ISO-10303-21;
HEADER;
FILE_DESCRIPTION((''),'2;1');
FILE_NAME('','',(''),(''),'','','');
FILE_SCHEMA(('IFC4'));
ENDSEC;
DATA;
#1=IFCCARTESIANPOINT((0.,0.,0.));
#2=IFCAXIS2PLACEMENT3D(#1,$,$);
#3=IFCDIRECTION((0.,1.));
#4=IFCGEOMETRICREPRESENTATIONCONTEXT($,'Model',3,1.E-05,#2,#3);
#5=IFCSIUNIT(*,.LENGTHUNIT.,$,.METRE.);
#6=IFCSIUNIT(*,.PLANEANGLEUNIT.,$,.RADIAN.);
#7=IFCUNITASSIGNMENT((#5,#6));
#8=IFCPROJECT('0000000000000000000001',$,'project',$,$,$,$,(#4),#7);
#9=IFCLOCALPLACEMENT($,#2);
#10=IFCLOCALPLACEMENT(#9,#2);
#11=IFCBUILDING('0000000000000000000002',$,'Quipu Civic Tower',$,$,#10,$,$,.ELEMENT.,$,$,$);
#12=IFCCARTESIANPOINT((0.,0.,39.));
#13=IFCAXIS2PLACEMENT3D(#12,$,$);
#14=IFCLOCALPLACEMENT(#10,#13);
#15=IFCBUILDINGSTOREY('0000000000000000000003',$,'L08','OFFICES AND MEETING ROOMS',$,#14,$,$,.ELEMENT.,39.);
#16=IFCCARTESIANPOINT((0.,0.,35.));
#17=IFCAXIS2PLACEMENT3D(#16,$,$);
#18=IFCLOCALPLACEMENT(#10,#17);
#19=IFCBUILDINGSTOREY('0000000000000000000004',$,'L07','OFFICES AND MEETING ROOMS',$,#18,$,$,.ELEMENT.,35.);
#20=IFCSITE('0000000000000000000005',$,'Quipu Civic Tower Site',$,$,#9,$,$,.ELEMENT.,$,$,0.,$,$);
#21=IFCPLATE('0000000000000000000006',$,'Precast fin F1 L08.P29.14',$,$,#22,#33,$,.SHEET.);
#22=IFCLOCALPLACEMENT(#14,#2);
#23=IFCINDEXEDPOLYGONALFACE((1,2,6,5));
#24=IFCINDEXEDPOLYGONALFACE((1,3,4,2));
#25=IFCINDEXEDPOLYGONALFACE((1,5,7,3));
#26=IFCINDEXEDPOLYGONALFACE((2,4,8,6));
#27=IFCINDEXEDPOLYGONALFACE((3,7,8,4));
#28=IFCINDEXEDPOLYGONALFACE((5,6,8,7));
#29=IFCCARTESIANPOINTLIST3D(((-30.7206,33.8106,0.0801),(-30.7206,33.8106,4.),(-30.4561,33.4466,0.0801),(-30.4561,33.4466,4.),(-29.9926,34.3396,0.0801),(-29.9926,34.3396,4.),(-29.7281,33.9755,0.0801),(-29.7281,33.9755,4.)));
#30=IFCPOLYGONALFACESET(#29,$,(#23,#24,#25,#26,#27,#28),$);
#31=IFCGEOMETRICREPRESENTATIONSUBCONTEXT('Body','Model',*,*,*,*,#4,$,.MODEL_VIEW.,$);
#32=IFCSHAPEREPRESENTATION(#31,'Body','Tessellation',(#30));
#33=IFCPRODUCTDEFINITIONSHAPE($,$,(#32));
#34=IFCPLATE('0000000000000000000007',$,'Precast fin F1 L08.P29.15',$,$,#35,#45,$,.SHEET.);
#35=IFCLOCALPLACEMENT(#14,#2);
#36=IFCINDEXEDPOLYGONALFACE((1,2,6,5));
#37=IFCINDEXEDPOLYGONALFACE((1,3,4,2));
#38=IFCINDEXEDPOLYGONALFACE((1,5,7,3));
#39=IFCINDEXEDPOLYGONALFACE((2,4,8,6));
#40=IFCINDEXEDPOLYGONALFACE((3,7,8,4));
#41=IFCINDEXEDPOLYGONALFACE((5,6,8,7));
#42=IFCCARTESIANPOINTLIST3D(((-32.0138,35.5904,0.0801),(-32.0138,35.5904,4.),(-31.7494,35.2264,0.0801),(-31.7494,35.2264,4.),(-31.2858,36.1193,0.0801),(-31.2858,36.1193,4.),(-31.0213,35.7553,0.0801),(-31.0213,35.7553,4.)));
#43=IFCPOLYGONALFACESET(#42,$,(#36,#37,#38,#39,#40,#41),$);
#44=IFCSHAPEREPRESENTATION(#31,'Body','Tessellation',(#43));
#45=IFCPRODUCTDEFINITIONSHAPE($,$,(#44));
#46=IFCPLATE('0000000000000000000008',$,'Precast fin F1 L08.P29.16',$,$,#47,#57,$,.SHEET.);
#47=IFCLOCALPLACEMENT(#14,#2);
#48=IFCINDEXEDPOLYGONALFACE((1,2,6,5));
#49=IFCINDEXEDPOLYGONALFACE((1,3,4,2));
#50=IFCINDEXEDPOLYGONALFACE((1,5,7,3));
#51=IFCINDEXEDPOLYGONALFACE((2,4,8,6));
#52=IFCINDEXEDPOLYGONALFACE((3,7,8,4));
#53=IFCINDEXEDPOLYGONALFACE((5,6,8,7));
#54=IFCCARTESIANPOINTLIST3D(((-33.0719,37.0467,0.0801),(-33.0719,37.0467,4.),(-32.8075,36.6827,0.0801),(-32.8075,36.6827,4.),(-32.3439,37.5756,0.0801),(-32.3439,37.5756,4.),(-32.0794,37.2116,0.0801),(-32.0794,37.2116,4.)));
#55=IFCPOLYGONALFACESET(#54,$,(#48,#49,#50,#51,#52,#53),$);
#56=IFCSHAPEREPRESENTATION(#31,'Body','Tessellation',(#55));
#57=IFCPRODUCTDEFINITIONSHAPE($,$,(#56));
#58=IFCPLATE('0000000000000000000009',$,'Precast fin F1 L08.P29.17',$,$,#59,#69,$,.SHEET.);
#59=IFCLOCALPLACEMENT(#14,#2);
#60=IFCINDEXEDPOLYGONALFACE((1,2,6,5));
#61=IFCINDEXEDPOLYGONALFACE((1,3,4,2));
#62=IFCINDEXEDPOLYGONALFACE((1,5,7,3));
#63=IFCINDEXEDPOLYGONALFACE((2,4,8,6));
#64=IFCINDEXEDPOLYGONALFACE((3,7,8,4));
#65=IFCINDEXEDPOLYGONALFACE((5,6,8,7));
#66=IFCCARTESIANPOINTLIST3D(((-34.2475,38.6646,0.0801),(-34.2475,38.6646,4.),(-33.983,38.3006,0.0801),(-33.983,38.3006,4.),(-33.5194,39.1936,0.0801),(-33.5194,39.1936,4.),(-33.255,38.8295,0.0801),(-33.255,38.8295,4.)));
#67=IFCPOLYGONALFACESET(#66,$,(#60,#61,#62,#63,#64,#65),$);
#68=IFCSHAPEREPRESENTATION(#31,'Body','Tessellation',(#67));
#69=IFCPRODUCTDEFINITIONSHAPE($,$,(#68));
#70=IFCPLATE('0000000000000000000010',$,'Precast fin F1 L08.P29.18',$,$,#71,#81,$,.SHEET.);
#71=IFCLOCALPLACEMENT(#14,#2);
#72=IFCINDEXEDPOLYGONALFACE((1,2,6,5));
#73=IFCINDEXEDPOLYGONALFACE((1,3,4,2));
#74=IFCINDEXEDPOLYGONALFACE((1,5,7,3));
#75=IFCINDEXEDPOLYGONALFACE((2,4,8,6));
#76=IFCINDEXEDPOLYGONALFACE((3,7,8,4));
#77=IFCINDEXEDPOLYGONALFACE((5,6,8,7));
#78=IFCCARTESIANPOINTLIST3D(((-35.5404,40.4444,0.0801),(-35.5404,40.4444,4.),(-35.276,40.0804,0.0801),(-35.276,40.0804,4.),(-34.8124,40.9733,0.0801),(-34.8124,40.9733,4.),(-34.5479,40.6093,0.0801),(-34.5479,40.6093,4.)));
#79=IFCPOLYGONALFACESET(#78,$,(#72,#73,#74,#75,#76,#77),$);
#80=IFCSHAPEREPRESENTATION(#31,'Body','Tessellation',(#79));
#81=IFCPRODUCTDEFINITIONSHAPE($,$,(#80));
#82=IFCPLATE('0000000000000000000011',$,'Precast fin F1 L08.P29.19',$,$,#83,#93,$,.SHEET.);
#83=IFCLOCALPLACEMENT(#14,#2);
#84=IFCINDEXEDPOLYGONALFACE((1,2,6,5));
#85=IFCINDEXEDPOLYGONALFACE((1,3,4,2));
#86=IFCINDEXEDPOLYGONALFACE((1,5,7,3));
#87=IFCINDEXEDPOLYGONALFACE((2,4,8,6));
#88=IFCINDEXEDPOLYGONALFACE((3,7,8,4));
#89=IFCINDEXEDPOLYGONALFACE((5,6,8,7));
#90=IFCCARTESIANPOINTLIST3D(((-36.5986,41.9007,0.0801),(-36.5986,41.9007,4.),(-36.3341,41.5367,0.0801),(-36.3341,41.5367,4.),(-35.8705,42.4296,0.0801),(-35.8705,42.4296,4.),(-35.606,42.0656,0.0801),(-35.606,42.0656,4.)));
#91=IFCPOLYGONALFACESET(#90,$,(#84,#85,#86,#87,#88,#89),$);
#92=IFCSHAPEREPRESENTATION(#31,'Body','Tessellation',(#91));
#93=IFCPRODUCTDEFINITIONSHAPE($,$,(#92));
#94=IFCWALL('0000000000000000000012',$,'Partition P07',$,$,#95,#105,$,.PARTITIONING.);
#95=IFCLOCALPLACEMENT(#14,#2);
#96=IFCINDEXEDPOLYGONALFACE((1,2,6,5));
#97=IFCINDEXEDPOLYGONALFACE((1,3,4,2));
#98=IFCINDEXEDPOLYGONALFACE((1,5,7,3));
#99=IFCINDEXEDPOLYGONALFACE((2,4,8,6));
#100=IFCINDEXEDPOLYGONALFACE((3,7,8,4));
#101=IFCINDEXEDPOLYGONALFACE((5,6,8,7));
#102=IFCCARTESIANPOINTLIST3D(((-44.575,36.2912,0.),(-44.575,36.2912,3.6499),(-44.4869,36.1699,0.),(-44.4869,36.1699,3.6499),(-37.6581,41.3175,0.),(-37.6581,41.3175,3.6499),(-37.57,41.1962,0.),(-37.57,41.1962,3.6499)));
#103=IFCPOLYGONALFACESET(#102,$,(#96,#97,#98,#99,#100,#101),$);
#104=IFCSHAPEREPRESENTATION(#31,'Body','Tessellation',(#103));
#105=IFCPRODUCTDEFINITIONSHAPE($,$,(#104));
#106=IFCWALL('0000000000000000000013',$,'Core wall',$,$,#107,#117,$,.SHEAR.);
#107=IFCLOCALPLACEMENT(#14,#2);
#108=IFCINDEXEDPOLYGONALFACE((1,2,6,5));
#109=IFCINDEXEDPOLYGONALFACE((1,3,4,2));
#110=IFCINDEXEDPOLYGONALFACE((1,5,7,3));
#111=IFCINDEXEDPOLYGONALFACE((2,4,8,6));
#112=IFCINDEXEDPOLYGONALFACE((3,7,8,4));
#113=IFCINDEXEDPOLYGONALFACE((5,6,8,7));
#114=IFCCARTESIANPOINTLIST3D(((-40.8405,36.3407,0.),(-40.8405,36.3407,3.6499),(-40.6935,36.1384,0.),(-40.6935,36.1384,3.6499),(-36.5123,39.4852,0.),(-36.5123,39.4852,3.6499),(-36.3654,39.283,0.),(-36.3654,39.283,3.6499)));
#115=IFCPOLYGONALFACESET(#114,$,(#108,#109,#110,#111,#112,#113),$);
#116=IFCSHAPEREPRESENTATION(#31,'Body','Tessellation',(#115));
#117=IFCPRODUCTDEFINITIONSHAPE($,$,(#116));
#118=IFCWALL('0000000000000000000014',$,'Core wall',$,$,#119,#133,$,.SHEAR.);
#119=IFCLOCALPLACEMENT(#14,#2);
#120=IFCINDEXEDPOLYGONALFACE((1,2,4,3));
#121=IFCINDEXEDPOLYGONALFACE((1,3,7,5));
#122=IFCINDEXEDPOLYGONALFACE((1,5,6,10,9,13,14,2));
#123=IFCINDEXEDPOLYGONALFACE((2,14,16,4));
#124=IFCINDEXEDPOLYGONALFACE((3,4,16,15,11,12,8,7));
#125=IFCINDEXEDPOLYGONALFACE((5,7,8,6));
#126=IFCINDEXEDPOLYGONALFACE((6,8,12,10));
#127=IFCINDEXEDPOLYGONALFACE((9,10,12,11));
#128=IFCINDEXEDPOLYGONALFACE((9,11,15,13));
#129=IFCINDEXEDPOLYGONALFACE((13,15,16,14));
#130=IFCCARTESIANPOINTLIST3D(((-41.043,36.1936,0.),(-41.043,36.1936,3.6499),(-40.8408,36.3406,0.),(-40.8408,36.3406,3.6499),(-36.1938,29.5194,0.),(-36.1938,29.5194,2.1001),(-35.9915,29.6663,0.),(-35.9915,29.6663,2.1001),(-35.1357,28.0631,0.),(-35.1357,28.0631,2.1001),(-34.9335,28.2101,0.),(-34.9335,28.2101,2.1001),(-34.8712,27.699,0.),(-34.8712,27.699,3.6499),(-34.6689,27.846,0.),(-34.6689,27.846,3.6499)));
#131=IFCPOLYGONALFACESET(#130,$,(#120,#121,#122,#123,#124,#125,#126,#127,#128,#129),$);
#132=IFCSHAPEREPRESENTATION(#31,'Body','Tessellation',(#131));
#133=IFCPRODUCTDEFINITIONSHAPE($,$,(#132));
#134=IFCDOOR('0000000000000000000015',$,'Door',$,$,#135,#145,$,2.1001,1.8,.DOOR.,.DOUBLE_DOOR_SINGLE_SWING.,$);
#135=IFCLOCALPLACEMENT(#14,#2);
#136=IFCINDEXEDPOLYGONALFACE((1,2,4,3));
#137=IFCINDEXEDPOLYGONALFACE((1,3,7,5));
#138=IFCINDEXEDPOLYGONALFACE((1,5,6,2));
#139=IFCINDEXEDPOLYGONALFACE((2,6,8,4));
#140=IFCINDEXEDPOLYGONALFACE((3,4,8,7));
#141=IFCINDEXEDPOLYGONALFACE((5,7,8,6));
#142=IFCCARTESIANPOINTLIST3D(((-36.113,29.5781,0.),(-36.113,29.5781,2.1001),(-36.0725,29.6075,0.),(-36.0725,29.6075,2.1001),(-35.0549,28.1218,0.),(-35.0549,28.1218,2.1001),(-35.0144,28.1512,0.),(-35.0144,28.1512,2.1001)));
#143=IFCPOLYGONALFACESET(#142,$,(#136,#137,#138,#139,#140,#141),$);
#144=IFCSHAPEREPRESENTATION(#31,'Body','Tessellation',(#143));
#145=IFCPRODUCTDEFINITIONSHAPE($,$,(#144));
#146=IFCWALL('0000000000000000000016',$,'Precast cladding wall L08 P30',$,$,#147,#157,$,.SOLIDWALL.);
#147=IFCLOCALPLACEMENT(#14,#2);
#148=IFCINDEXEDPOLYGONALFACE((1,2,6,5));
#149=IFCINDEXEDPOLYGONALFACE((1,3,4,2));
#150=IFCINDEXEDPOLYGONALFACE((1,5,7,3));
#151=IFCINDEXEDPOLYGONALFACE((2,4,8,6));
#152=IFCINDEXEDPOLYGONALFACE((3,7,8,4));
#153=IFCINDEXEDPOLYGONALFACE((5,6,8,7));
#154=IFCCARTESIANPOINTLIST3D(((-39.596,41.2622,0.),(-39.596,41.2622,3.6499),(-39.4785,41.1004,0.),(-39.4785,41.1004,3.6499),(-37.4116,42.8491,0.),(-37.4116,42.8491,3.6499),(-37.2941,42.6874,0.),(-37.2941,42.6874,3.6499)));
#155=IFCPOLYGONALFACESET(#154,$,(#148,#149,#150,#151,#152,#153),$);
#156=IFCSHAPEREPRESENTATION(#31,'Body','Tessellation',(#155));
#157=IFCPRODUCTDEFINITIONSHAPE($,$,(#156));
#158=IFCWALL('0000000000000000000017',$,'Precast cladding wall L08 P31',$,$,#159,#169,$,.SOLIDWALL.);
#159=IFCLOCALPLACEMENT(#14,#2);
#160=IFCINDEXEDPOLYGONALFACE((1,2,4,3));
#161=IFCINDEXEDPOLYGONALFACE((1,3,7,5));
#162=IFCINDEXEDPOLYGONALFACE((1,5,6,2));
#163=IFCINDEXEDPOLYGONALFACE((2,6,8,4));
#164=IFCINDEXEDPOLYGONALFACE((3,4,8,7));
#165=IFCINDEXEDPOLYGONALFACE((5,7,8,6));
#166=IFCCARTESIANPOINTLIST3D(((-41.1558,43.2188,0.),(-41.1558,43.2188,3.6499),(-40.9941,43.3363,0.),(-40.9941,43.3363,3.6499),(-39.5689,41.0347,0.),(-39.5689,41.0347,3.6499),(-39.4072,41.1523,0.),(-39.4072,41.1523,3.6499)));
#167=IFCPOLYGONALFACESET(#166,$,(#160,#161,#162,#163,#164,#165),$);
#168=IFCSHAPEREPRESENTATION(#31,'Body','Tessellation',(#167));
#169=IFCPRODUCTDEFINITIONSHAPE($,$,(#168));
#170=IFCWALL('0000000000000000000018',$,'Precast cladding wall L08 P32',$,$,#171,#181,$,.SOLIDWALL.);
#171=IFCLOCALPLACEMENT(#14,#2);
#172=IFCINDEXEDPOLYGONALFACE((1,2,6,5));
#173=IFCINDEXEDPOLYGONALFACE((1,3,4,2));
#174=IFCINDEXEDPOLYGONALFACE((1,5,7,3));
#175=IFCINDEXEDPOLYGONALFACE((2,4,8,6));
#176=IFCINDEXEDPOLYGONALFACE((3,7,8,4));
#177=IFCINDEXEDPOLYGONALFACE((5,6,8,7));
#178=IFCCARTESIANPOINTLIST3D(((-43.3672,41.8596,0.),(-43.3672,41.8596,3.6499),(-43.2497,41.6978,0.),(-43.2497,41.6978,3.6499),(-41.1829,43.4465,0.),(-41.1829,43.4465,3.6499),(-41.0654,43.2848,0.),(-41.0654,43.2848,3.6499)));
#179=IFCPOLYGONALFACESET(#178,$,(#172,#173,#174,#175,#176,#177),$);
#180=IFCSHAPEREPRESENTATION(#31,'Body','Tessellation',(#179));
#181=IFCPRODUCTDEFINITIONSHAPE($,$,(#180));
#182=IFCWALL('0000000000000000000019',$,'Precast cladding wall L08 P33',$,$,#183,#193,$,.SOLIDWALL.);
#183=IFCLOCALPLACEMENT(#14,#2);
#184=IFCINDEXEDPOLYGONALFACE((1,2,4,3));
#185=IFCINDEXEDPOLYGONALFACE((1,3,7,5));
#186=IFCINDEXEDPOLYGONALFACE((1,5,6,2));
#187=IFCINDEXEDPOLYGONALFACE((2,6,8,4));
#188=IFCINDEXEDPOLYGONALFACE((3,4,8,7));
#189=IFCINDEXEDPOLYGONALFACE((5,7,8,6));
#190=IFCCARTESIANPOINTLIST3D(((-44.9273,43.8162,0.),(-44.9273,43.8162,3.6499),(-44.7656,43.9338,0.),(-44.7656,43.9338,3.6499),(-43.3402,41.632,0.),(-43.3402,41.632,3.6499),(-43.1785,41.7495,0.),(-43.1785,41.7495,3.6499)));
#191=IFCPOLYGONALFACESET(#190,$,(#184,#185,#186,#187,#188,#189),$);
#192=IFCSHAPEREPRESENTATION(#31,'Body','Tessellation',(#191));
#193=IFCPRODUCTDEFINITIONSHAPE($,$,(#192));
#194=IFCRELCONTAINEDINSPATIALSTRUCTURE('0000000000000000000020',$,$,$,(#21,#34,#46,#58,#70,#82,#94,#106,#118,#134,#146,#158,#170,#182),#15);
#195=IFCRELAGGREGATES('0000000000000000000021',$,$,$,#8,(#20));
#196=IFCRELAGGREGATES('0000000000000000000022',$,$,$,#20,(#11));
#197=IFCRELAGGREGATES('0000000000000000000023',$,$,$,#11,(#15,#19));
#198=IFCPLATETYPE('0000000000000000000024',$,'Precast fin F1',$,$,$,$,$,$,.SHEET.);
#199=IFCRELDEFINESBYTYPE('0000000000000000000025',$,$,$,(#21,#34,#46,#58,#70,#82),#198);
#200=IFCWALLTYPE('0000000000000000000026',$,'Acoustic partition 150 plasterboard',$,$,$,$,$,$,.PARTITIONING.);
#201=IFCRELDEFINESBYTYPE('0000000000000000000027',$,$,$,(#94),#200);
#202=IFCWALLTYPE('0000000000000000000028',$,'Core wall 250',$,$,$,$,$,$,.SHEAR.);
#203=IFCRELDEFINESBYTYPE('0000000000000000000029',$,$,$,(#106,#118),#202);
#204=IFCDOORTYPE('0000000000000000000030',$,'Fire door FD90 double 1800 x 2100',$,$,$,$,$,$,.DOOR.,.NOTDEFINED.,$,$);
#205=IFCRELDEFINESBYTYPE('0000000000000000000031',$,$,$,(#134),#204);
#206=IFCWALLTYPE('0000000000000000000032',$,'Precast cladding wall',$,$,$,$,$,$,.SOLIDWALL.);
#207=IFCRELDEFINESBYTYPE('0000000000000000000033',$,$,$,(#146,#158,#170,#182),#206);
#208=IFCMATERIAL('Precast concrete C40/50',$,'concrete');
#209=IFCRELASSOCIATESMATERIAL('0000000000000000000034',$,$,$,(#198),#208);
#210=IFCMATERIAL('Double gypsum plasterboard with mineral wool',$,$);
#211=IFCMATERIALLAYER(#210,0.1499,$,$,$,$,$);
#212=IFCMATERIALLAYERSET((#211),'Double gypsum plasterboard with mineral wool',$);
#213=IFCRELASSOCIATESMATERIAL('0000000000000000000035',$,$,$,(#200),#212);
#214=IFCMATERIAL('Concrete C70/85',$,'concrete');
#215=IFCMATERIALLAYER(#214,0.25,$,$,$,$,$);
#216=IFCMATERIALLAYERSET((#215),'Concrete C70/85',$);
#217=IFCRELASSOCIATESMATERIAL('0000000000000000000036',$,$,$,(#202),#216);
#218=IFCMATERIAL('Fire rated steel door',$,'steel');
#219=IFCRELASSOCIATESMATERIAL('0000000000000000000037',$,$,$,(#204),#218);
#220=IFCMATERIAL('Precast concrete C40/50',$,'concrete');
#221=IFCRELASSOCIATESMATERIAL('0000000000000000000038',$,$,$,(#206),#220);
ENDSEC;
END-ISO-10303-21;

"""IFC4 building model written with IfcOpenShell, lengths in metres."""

from ifc_helpers import new_model, si_unit, direction, frame, frame_2d, origin, origin_2d, place, context, subcontext, project, spatial, rectangle, extrude, material, layer, layer_set, type_object, element, fill, save


model = new_model("IFC4")

# Units and contexts
model_context = context("Model", 3, precision=1e-05, world=origin(), true_north=direction((0.0, 1.0)))
body_context = subcontext(model_context, "Body", "Model", "MODEL_VIEW")
ifc_project = project(units=[si_unit("LENGTHUNIT", "METRE"), si_unit("PLANEANGLEUNIT", "RADIAN")], contexts=[model_context])

# Site, building, storey
site_placement = place(None, origin())
site = spatial("IfcSite", under=ifc_project, at=site_placement, Name="Quipu Civic Tower Site", CompositionType="ELEMENT", RefElevation=0.0)
building_placement = place(site_placement, origin())
building = spatial("IfcBuilding", under=site, at=building_placement, Name="Quipu Civic Tower", CompositionType="ELEMENT")
storey_1_placement = place(building_placement, frame((0.0, 0.0, 39.0)))
storey_1 = spatial("IfcBuildingStorey", under=building, at=storey_1_placement, Name="L08", Description="OFFICES AND MEETING ROOMS", CompositionType="ELEMENT", Elevation=39.0)

# Shared definitions
storey_2_placement = place(building_placement, frame((0.0, 0.0, 35.0)))
storey_2 = spatial("IfcBuildingStorey", under=building, at=storey_2_placement, Name="L07", Description="OFFICES AND MEETING ROOMS", CompositionType="ELEMENT", Elevation=35.0)

# Plates
ifc_material_1 = material(Name="Precast concrete C40/50", Category="concrete")
plate_type_1 = type_object("IfcPlateType", Name="Precast fin F1", PredefinedType="SHEET", material=ifc_material_1)
for number, where, z_axis, x_axis, name in (
    (1, (-30.2244, 33.8931, 0.0801), (0.0, 0.0, 1.0), (-0.587785, 0.809017, 0.0), "Precast fin F1 L08.P29.14"),
    (2, (-31.5176, 35.6729, 0.0801), (0.0, 0.0, 1.0), (-0.587785, 0.809017, 0.0), "Precast fin F1 L08.P29.15"),
    (3, (-32.5757, 37.1292, 0.0801), (0.0, 0.0, 1.0), (-0.587785, 0.809017, 0.0), "Precast fin F1 L08.P29.16"),
    (4, (-33.7512, 38.7471, 0.0801), (0.0, 0.0, 1.0), (-0.587785, 0.809017, 0.0), "Precast fin F1 L08.P29.17"),
    (5, (-35.0442, 40.5269, 0.0801), (0.0, 0.0, 1.0), (-0.587785, 0.809017, 0.0), "Precast fin F1 L08.P29.18"),
    (6, (-36.1023, 41.9832, 0.0801), (0.0, 0.0, 1.0), (-0.587785, 0.809017, 0.0), "Precast fin F1 L08.P29.19"),
):
    element("IfcPlate", number, at=place(storey_1_placement, frame(where, z_axis=z_axis, x_axis=x_axis)), inside=storey_1, type_object=plate_type_1, Name=name, PredefinedType="SHEET", context=body_context, shape_type="SweptSolid", body=[
        extrude(rectangle(XDim=0.45, YDim=0.8999, at=origin_2d()), origin(), (0.0, 0.0, 1.0), 3.9199),
    ])

# Walls
ifc_material_2 = material(Name="Double gypsum plasterboard with mineral wool")
ifc_layer_1 = layer(ifc_material_2, 0.1499)
ifc_layer_set_1 = layer_set([ifc_layer_1], Name="Double gypsum plasterboard with mineral wool")
wall_type_1 = type_object("IfcWallType", Name="Acoustic partition 150 plasterboard", PredefinedType="PARTITIONING", material=ifc_layer_set_1)
wall_1_placement = place(storey_1_placement, frame((-37.614, 41.2568, 0.0), z_axis=(0.0, 0.0, 1.0), x_axis=(-0.808968, -0.587852, 0.0)))
element("IfcWall", 7, at=wall_1_placement, inside=storey_1, type_object=wall_type_1, Name="Partition P07", PredefinedType="PARTITIONING", context=body_context, shape_type="SweptSolid", body=[
    extrude(rectangle(XDim=8.5503, YDim=0.1499, at=frame_2d((4.2751, 0.0))), origin(), (0.0, 0.0, 1.0), 3.6499),
])
ifc_material_3 = material(Name="Concrete C70/85", Category="concrete")
ifc_layer_2 = layer(ifc_material_3, 0.25)
ifc_layer_set_2 = layer_set([ifc_layer_2], Name="Concrete C70/85")
wall_type_2 = type_object("IfcWallType", Name="Core wall 250", PredefinedType="SHEAR", material=ifc_layer_set_2)
wall_2_placement = place(storey_1_placement, frame((-36.439, 39.384, 0.0), z_axis=(0.0, 0.0, 1.0), x_axis=(-0.80902, -0.587781, 0.0)))
element("IfcWall", 8, at=wall_2_placement, inside=storey_1, type_object=wall_type_2, Name="Core wall", PredefinedType="SHEAR", context=body_context, shape_type="SweptSolid", body=[
    extrude(rectangle(XDim=5.3499, YDim=0.25, at=frame_2d((2.6748, 0.0))), origin(), (0.0, 0.0, 1.0), 3.6499),
])

# Wall, opening, door
wall_3_placement = place(storey_1_placement, frame((-40.9419, 36.2671, 0.0), z_axis=(0.0, 0.0, 1.0), x_axis=(0.587796, -0.809009, 0.0)))
wall_3 = element("IfcWall", 9, at=wall_3_placement, inside=storey_1, type_object=wall_type_2, Name="Core wall", PredefinedType="SHEAR", context=body_context, shape_type="SweptSolid", body=[
    extrude(rectangle(XDim=10.5, YDim=0.25, at=frame_2d((5.25, 0.0))), origin(), (0.0, 0.0, 1.0), 3.6499),
])
opening_placement = place(wall_3_placement, frame((8.25, 0.0, 0.0)))
opening = element("IfcOpeningElement", 10, at=opening_placement, cuts=wall_3, PredefinedType="OPENING", context=body_context, shape_type="SweptSolid", body=[
    extrude(rectangle(XDim=1.8, YDim=2.1001, at=frame_2d((0.8999, 1.05))), frame((0.0, 0.135, 0.0), z_axis=(0.0, -1.0, 0.0), x_axis=(1.0, 0.0, 0.0)), (0.0, 0.0, 1.0), 0.27),
])
ifc_material_4 = material(Name="Fire rated steel door", Category="steel")
door_type = type_object("IfcDoorType", Name="Fire door FD90 double 1800 x 2100", OperationType="NOTDEFINED", PredefinedType="DOOR", material=ifc_material_4)
door_placement = place(opening_placement, origin())
door = element("IfcDoor", 11, at=door_placement, inside=storey_1, type_object=door_type, Name="Door", OperationType="DOUBLE_DOOR_SINGLE_SWING", OverallHeight=2.1001, OverallWidth=1.8, PredefinedType="DOOR", context=body_context, shape_type="SweptSolid", body=[
    extrude(rectangle(XDim=1.8, YDim=2.1001, at=frame_2d((0.8999, 1.05))), frame((0.0, 0.0249, 0.0), z_axis=(0.0, -1.0, 0.0), x_axis=(1.0, 0.0, 0.0)), (0.0, 0.0, 1.0), 0.05),
])
fill(opening, door)

# Walls
ifc_material_5 = material(Name="Precast concrete C40/50", Category="concrete")
wall_type_3 = type_object("IfcWallType", Name="Precast cladding wall", PredefinedType="SOLIDWALL", material=ifc_material_5)
wall_4_placement = place(storey_1_placement, frame((-37.3528, 42.7683, 0.0), z_axis=(0.0, 0.0, 1.0), x_axis=(-0.809033, -0.587763, 0.0)))
element("IfcWall", 12, at=wall_4_placement, inside=storey_1, type_object=wall_type_3, Name="Precast cladding wall L08 P30", PredefinedType="SOLIDWALL", context=body_context, shape_type="SweptSolid", body=[
    extrude(rectangle(XDim=2.7, YDim=0.2, at=frame_2d((1.3501, 0.0))), origin(), (0.0, 0.0, 1.0), 3.6499),
])
wall_5_placement = place(storey_1_placement, frame((-39.488, 41.0935, 0.0), z_axis=(0.0, 0.0, 1.0), x_axis=(-0.587806, 0.809002, 0.0)))
element("IfcWall", 13, at=wall_5_placement, inside=storey_1, type_object=wall_type_3, Name="Precast cladding wall L08 P31", PredefinedType="SOLIDWALL", context=body_context, shape_type="SweptSolid", body=[
    extrude(rectangle(XDim=2.6997, YDim=0.2, at=frame_2d((1.3499, 0.0))), origin(), (0.0, 0.0, 1.0), 3.6499),
])
for number, where, z_axis, x_axis, name in (
    (14, (-41.124, 43.3657, 0.0), (0.0, 0.0, 1.0), (-0.809033, -0.587763, 0.0), "Precast cladding wall L08 P32"),
    (15, (-43.2593, 41.6907, 0.0), (0.0, 0.0, 1.0), (-0.587822, 0.80899, 0.0), "Precast cladding wall L08 P33"),
):
    element("IfcWall", number, at=place(storey_1_placement, frame(where, z_axis=z_axis, x_axis=x_axis)), inside=storey_1, type_object=wall_type_3, Name=name, PredefinedType="SOLIDWALL", context=body_context, shape_type="SweptSolid", body=[
        extrude(rectangle(XDim=2.7, YDim=0.2, at=frame_2d((1.3501, 0.0))), origin(), (0.0, 0.0, 1.0), 3.6499),
    ])

save(model, "model.ifc")
